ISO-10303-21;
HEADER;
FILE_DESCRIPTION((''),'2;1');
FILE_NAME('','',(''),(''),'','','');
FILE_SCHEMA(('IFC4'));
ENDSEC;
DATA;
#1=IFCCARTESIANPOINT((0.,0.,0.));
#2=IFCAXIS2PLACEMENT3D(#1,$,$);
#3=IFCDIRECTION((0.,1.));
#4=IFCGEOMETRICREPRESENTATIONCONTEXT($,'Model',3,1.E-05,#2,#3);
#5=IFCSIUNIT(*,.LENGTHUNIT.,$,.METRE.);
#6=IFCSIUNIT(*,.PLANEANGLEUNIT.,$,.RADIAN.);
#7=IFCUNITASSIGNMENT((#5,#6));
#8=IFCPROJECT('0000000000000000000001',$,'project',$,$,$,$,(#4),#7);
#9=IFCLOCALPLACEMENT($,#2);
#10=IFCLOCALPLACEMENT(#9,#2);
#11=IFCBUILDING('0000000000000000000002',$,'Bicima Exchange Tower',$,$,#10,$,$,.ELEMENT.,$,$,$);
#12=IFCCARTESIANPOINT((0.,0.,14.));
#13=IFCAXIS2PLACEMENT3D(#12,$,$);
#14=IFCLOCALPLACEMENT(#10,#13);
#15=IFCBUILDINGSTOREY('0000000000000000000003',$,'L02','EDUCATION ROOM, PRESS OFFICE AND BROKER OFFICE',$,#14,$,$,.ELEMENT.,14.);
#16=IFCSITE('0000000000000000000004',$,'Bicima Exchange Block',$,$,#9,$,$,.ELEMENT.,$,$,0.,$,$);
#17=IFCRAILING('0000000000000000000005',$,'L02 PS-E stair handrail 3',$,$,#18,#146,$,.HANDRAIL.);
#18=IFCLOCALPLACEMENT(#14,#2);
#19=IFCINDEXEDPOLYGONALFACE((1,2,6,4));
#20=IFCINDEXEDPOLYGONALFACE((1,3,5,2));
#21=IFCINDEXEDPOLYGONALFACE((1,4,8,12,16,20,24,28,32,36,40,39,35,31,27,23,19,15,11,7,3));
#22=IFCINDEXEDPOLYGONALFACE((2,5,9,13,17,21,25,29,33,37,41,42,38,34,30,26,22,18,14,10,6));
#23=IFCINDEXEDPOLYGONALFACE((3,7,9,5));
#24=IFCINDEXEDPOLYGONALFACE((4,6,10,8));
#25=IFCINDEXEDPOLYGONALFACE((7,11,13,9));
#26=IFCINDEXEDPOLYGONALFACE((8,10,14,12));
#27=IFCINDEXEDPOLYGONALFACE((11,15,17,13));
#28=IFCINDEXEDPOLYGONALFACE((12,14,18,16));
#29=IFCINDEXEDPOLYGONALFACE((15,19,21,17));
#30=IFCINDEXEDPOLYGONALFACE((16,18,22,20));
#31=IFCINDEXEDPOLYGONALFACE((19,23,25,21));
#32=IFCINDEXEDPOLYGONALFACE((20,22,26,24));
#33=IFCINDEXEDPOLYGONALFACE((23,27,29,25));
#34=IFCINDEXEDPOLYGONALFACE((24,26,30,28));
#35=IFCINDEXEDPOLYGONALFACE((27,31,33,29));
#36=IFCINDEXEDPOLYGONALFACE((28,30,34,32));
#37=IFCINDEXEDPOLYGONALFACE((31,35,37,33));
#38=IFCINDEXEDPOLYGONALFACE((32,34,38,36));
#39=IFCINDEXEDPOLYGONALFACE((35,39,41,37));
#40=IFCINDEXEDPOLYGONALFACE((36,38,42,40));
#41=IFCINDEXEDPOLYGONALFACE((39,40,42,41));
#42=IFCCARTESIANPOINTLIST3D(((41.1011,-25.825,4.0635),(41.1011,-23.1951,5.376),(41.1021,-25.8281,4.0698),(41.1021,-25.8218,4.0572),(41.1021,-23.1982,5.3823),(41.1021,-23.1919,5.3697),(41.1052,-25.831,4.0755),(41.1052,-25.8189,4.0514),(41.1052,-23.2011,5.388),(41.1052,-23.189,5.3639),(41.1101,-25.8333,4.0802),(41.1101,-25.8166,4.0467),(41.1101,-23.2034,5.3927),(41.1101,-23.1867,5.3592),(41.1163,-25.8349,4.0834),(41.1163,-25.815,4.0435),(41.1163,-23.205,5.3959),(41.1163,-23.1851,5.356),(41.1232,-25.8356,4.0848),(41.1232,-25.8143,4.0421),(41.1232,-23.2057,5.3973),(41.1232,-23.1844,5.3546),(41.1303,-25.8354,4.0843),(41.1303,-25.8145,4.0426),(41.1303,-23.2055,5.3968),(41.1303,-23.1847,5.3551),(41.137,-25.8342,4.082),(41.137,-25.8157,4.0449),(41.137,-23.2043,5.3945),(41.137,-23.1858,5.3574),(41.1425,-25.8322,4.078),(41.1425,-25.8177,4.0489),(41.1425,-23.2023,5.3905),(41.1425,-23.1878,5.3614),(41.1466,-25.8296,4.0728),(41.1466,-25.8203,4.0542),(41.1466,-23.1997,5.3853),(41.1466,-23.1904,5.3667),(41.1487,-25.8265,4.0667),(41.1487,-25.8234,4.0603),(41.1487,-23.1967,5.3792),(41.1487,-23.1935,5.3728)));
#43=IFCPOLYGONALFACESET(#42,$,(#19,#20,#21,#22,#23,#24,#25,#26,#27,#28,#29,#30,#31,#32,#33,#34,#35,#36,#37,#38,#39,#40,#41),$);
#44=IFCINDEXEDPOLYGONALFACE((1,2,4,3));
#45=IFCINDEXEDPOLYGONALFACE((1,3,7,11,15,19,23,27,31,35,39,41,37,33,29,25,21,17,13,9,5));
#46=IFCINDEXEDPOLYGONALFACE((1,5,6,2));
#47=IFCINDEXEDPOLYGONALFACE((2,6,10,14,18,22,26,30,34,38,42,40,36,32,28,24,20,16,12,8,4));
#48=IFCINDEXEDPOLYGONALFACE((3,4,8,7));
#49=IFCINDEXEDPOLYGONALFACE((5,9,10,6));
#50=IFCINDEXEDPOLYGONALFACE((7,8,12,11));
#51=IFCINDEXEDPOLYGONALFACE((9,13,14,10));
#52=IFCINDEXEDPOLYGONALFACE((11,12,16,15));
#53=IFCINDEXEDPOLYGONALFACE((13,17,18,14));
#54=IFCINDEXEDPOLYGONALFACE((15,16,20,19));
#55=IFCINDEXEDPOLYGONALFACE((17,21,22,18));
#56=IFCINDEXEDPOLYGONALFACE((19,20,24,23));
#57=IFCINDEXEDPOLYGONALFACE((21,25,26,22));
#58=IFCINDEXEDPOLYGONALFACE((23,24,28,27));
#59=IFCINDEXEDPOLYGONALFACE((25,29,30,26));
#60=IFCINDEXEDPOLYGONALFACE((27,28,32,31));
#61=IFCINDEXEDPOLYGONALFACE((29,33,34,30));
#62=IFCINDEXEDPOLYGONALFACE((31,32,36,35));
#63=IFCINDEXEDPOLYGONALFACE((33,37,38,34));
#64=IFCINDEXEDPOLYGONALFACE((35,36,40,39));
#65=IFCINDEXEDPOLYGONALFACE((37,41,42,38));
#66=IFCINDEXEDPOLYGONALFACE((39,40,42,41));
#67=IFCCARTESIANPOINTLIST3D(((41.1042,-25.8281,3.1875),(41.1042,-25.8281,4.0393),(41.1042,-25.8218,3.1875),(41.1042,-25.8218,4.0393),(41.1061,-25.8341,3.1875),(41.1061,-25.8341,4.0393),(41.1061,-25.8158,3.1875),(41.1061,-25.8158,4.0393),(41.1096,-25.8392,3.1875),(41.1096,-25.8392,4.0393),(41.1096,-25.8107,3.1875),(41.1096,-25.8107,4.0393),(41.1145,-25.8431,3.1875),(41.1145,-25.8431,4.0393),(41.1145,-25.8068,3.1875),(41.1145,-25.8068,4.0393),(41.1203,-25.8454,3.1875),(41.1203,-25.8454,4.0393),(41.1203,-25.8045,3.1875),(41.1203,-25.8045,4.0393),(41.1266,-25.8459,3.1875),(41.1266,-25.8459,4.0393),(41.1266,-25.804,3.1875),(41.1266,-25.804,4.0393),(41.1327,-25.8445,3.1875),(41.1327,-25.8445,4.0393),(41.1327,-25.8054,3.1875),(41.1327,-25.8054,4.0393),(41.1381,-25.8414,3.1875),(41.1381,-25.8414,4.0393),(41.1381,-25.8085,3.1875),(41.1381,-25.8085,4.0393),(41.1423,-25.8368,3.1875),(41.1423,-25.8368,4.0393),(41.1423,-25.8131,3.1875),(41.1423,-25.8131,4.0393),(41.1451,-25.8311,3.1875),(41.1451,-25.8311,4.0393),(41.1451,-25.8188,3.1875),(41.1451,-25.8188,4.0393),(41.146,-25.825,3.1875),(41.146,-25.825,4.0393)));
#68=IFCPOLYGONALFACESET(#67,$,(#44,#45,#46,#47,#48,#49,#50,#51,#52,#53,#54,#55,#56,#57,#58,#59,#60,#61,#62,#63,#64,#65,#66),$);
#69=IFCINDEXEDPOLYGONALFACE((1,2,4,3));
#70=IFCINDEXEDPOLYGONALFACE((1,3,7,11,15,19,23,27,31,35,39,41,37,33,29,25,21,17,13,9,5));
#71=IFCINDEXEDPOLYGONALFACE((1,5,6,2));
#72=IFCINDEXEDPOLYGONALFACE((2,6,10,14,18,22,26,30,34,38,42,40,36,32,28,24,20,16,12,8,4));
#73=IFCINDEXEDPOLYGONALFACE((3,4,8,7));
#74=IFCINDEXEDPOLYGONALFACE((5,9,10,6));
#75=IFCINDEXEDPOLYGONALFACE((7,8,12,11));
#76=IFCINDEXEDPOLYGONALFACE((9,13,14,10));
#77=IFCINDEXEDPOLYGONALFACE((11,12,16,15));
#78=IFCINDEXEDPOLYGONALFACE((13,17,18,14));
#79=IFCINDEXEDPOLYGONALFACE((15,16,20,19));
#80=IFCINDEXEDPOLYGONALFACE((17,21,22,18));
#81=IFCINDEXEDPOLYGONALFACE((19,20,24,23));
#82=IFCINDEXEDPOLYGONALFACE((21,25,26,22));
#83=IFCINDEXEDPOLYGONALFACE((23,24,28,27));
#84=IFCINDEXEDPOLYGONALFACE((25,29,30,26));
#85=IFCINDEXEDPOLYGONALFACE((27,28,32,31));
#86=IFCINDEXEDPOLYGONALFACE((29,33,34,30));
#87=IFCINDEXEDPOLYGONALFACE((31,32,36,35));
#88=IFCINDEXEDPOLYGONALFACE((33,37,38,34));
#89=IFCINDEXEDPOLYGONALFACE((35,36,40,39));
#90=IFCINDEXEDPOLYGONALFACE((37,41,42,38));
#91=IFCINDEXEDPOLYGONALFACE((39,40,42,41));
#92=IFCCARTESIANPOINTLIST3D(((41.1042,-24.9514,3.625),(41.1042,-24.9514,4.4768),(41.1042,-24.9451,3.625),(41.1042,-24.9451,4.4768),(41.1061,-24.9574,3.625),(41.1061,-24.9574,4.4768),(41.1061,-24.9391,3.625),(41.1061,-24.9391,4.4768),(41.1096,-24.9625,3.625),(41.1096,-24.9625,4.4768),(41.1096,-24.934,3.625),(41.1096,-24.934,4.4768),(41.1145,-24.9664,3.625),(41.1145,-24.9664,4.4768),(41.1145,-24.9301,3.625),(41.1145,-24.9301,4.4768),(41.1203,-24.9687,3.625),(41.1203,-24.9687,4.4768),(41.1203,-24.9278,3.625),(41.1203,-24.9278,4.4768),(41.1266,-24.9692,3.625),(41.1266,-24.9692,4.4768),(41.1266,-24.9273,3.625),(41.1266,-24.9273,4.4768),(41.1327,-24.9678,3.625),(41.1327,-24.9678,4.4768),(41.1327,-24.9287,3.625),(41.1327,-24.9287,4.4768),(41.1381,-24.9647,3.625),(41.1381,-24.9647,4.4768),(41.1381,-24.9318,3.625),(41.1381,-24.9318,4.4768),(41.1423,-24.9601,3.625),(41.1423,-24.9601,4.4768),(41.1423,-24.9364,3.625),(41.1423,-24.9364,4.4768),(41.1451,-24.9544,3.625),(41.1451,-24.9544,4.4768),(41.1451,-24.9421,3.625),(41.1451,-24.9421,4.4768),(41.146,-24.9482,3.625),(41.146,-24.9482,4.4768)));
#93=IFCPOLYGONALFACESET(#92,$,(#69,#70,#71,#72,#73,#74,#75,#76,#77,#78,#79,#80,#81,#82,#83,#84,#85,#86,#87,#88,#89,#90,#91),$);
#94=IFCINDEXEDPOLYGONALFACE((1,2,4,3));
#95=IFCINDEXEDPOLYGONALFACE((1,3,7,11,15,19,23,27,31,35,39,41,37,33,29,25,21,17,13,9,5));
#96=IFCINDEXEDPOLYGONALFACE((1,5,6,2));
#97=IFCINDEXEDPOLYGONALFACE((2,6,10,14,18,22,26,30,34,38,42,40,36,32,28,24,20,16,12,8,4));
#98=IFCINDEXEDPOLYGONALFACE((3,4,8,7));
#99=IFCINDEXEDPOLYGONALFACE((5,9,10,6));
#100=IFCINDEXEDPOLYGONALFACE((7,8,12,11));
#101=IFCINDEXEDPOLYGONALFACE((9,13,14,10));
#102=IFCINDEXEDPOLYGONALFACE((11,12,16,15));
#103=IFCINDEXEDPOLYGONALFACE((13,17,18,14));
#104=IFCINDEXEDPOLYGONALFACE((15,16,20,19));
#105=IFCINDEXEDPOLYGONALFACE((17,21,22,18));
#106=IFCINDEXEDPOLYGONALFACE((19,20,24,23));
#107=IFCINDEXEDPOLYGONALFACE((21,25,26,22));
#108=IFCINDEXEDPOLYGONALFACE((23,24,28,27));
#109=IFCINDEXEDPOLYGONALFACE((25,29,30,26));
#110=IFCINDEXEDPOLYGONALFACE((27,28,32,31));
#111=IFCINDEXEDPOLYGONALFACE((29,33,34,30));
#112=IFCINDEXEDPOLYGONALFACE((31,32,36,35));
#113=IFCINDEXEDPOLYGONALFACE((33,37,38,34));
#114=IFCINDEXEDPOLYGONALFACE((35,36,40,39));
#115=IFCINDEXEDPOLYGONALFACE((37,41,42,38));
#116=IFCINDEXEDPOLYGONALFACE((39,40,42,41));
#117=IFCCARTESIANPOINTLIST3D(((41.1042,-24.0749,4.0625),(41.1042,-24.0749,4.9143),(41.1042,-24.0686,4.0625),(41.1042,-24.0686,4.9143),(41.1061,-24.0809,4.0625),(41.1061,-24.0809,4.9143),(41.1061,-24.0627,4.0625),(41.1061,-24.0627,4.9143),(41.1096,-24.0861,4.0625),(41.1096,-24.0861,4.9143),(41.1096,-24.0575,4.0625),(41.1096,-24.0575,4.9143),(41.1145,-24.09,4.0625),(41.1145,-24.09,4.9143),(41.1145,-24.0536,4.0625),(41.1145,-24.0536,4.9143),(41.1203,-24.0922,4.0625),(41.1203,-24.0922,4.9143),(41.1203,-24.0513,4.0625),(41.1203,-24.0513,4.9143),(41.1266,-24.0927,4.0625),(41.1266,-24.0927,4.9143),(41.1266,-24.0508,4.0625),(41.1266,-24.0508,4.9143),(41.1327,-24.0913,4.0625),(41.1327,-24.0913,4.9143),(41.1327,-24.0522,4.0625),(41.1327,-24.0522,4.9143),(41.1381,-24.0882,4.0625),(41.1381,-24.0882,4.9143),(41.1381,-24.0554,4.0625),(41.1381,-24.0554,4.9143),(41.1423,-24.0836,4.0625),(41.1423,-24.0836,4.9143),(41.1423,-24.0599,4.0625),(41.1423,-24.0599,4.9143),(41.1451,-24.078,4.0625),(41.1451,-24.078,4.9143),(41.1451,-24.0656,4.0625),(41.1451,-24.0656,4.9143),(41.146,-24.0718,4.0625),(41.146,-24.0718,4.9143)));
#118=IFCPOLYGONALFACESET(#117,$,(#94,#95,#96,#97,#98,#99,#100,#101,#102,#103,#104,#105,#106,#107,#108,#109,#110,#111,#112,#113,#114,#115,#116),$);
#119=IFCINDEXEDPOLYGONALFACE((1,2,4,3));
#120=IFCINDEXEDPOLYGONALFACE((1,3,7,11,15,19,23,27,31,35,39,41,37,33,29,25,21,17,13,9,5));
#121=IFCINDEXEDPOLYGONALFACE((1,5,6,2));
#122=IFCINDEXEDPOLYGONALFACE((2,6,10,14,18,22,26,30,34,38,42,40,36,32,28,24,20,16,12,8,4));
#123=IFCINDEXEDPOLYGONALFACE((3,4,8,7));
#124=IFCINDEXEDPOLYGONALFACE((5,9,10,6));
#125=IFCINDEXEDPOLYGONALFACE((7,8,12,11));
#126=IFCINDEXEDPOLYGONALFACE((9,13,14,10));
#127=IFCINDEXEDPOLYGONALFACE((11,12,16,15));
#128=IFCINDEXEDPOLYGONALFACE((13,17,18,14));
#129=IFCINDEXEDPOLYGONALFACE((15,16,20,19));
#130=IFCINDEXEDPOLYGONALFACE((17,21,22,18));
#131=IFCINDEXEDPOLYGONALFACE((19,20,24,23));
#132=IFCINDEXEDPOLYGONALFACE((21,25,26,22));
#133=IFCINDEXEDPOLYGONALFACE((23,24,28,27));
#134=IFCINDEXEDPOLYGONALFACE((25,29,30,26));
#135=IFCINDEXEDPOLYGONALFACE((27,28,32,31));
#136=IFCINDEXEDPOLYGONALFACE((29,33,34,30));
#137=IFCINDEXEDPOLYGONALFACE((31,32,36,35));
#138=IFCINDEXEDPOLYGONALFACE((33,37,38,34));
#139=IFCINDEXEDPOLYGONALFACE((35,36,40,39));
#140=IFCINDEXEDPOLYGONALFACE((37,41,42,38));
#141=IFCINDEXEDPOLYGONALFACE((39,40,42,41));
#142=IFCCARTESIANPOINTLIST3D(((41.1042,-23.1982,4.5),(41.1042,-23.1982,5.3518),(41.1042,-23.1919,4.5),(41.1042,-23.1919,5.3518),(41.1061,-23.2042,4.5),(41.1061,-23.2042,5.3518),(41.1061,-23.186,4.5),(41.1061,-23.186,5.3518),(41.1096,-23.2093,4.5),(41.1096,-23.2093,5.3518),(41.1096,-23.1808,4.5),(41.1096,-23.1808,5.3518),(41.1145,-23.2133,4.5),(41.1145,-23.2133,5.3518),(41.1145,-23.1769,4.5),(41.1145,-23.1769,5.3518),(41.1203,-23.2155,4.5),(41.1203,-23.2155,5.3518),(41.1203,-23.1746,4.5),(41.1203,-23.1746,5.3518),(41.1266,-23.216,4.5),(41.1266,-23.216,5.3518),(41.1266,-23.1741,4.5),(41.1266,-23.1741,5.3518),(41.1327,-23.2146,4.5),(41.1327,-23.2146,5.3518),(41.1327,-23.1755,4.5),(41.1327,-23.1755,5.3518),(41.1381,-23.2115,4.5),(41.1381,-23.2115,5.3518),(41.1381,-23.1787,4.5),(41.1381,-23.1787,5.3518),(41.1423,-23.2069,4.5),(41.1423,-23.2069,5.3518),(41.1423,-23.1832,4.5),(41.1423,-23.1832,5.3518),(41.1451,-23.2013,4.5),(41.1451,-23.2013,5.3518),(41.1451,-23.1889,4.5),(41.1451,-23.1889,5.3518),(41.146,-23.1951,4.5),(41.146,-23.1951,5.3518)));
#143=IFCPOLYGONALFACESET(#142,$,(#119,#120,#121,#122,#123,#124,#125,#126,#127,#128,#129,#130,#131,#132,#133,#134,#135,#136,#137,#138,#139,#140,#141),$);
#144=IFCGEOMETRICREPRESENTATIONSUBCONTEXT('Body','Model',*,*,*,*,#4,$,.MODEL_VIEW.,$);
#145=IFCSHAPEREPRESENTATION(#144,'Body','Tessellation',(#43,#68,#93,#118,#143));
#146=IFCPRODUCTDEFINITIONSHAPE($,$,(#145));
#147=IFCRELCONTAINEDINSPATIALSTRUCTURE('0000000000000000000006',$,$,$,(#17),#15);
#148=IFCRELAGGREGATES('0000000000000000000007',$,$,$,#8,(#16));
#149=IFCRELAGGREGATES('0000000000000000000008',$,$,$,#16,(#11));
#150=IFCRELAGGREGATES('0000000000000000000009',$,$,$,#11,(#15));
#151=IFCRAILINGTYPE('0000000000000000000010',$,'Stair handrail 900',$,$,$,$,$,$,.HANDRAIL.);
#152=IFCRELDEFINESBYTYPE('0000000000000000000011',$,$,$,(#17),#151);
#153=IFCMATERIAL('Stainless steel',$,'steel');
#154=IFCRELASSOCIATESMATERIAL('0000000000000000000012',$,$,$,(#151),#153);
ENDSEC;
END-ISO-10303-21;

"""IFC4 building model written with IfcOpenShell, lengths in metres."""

from ifc_helpers import new_model, si_unit, direction, frame, origin, origin_2d, place, context, subcontext, project, spatial, circle, extrude, material, type_object, element, save


model = new_model("IFC4")

# Units and contexts
model_context = context("Model", 3, precision=1e-05, world=origin(), true_north=direction((0.0, 1.0)))
body_context = subcontext(model_context, "Body", "Model", "MODEL_VIEW")
ifc_project = project(units=[si_unit("LENGTHUNIT", "METRE"), si_unit("PLANEANGLEUNIT", "RADIAN")], contexts=[model_context])

# Site, building, storey
site_placement = place(None, origin())
site = spatial("IfcSite", under=ifc_project, at=site_placement, Name="Bicima Exchange Block", CompositionType="ELEMENT", RefElevation=0.0)
building_placement = place(site_placement, origin())
building = spatial("IfcBuilding", under=site, at=building_placement, Name="Bicima Exchange Tower", CompositionType="ELEMENT")
storey_placement = place(building_placement, frame((0.0, 0.0, 14.0)))
storey = spatial("IfcBuildingStorey", under=building, at=storey_placement, Name="L02", Description="EDUCATION ROOM, PRESS OFFICE AND BROKER OFFICE", CompositionType="ELEMENT", Elevation=14.0)

# Railing
ifc_material_1 = material(Name="Stainless steel", Category="steel")
railing_type_1 = type_object("IfcRailingType", Name="Stair handrail 900", PredefinedType="HANDRAIL", material=ifc_material_1)
railing_1_placement = place(storey_placement, frame((41.125, -25.825, 3.1875)))
element("IfcRailing", 1, at=railing_1_placement, inside=storey, type_object=railing_type_1, Name="L02 PS-E stair handrail 3", PredefinedType="HANDRAIL", context=body_context, shape_type="SweptSolid", body=[
    extrude(circle(Radius=0.0239, at=origin_2d()), frame((0.0, 0.0, 0.876), z_axis=(0.0, 0.894759, 0.446549), x_axis=(-1.0, 0.0, 0.0)), (0.0, 0.0, 1.0), 2.9392),
    extrude(circle(Radius=0.021, at=origin_2d()), origin(), (0.0, 0.0, 1.0), 0.8518),
    extrude(circle(Radius=0.021, at=origin_2d()), frame((0.0, 0.8767, 0.4375)), (0.0, 0.0, 1.0), 0.8518),
    extrude(circle(Radius=0.021, at=origin_2d()), frame((0.0, 1.7532, 0.875)), (0.0, 0.0, 1.0), 0.8518),
    extrude(circle(Radius=0.021, at=origin_2d()), frame((0.0, 2.6299, 1.3125)), (0.0, 0.0, 1.0), 0.8518),
])

save(model, "model.ifc")
